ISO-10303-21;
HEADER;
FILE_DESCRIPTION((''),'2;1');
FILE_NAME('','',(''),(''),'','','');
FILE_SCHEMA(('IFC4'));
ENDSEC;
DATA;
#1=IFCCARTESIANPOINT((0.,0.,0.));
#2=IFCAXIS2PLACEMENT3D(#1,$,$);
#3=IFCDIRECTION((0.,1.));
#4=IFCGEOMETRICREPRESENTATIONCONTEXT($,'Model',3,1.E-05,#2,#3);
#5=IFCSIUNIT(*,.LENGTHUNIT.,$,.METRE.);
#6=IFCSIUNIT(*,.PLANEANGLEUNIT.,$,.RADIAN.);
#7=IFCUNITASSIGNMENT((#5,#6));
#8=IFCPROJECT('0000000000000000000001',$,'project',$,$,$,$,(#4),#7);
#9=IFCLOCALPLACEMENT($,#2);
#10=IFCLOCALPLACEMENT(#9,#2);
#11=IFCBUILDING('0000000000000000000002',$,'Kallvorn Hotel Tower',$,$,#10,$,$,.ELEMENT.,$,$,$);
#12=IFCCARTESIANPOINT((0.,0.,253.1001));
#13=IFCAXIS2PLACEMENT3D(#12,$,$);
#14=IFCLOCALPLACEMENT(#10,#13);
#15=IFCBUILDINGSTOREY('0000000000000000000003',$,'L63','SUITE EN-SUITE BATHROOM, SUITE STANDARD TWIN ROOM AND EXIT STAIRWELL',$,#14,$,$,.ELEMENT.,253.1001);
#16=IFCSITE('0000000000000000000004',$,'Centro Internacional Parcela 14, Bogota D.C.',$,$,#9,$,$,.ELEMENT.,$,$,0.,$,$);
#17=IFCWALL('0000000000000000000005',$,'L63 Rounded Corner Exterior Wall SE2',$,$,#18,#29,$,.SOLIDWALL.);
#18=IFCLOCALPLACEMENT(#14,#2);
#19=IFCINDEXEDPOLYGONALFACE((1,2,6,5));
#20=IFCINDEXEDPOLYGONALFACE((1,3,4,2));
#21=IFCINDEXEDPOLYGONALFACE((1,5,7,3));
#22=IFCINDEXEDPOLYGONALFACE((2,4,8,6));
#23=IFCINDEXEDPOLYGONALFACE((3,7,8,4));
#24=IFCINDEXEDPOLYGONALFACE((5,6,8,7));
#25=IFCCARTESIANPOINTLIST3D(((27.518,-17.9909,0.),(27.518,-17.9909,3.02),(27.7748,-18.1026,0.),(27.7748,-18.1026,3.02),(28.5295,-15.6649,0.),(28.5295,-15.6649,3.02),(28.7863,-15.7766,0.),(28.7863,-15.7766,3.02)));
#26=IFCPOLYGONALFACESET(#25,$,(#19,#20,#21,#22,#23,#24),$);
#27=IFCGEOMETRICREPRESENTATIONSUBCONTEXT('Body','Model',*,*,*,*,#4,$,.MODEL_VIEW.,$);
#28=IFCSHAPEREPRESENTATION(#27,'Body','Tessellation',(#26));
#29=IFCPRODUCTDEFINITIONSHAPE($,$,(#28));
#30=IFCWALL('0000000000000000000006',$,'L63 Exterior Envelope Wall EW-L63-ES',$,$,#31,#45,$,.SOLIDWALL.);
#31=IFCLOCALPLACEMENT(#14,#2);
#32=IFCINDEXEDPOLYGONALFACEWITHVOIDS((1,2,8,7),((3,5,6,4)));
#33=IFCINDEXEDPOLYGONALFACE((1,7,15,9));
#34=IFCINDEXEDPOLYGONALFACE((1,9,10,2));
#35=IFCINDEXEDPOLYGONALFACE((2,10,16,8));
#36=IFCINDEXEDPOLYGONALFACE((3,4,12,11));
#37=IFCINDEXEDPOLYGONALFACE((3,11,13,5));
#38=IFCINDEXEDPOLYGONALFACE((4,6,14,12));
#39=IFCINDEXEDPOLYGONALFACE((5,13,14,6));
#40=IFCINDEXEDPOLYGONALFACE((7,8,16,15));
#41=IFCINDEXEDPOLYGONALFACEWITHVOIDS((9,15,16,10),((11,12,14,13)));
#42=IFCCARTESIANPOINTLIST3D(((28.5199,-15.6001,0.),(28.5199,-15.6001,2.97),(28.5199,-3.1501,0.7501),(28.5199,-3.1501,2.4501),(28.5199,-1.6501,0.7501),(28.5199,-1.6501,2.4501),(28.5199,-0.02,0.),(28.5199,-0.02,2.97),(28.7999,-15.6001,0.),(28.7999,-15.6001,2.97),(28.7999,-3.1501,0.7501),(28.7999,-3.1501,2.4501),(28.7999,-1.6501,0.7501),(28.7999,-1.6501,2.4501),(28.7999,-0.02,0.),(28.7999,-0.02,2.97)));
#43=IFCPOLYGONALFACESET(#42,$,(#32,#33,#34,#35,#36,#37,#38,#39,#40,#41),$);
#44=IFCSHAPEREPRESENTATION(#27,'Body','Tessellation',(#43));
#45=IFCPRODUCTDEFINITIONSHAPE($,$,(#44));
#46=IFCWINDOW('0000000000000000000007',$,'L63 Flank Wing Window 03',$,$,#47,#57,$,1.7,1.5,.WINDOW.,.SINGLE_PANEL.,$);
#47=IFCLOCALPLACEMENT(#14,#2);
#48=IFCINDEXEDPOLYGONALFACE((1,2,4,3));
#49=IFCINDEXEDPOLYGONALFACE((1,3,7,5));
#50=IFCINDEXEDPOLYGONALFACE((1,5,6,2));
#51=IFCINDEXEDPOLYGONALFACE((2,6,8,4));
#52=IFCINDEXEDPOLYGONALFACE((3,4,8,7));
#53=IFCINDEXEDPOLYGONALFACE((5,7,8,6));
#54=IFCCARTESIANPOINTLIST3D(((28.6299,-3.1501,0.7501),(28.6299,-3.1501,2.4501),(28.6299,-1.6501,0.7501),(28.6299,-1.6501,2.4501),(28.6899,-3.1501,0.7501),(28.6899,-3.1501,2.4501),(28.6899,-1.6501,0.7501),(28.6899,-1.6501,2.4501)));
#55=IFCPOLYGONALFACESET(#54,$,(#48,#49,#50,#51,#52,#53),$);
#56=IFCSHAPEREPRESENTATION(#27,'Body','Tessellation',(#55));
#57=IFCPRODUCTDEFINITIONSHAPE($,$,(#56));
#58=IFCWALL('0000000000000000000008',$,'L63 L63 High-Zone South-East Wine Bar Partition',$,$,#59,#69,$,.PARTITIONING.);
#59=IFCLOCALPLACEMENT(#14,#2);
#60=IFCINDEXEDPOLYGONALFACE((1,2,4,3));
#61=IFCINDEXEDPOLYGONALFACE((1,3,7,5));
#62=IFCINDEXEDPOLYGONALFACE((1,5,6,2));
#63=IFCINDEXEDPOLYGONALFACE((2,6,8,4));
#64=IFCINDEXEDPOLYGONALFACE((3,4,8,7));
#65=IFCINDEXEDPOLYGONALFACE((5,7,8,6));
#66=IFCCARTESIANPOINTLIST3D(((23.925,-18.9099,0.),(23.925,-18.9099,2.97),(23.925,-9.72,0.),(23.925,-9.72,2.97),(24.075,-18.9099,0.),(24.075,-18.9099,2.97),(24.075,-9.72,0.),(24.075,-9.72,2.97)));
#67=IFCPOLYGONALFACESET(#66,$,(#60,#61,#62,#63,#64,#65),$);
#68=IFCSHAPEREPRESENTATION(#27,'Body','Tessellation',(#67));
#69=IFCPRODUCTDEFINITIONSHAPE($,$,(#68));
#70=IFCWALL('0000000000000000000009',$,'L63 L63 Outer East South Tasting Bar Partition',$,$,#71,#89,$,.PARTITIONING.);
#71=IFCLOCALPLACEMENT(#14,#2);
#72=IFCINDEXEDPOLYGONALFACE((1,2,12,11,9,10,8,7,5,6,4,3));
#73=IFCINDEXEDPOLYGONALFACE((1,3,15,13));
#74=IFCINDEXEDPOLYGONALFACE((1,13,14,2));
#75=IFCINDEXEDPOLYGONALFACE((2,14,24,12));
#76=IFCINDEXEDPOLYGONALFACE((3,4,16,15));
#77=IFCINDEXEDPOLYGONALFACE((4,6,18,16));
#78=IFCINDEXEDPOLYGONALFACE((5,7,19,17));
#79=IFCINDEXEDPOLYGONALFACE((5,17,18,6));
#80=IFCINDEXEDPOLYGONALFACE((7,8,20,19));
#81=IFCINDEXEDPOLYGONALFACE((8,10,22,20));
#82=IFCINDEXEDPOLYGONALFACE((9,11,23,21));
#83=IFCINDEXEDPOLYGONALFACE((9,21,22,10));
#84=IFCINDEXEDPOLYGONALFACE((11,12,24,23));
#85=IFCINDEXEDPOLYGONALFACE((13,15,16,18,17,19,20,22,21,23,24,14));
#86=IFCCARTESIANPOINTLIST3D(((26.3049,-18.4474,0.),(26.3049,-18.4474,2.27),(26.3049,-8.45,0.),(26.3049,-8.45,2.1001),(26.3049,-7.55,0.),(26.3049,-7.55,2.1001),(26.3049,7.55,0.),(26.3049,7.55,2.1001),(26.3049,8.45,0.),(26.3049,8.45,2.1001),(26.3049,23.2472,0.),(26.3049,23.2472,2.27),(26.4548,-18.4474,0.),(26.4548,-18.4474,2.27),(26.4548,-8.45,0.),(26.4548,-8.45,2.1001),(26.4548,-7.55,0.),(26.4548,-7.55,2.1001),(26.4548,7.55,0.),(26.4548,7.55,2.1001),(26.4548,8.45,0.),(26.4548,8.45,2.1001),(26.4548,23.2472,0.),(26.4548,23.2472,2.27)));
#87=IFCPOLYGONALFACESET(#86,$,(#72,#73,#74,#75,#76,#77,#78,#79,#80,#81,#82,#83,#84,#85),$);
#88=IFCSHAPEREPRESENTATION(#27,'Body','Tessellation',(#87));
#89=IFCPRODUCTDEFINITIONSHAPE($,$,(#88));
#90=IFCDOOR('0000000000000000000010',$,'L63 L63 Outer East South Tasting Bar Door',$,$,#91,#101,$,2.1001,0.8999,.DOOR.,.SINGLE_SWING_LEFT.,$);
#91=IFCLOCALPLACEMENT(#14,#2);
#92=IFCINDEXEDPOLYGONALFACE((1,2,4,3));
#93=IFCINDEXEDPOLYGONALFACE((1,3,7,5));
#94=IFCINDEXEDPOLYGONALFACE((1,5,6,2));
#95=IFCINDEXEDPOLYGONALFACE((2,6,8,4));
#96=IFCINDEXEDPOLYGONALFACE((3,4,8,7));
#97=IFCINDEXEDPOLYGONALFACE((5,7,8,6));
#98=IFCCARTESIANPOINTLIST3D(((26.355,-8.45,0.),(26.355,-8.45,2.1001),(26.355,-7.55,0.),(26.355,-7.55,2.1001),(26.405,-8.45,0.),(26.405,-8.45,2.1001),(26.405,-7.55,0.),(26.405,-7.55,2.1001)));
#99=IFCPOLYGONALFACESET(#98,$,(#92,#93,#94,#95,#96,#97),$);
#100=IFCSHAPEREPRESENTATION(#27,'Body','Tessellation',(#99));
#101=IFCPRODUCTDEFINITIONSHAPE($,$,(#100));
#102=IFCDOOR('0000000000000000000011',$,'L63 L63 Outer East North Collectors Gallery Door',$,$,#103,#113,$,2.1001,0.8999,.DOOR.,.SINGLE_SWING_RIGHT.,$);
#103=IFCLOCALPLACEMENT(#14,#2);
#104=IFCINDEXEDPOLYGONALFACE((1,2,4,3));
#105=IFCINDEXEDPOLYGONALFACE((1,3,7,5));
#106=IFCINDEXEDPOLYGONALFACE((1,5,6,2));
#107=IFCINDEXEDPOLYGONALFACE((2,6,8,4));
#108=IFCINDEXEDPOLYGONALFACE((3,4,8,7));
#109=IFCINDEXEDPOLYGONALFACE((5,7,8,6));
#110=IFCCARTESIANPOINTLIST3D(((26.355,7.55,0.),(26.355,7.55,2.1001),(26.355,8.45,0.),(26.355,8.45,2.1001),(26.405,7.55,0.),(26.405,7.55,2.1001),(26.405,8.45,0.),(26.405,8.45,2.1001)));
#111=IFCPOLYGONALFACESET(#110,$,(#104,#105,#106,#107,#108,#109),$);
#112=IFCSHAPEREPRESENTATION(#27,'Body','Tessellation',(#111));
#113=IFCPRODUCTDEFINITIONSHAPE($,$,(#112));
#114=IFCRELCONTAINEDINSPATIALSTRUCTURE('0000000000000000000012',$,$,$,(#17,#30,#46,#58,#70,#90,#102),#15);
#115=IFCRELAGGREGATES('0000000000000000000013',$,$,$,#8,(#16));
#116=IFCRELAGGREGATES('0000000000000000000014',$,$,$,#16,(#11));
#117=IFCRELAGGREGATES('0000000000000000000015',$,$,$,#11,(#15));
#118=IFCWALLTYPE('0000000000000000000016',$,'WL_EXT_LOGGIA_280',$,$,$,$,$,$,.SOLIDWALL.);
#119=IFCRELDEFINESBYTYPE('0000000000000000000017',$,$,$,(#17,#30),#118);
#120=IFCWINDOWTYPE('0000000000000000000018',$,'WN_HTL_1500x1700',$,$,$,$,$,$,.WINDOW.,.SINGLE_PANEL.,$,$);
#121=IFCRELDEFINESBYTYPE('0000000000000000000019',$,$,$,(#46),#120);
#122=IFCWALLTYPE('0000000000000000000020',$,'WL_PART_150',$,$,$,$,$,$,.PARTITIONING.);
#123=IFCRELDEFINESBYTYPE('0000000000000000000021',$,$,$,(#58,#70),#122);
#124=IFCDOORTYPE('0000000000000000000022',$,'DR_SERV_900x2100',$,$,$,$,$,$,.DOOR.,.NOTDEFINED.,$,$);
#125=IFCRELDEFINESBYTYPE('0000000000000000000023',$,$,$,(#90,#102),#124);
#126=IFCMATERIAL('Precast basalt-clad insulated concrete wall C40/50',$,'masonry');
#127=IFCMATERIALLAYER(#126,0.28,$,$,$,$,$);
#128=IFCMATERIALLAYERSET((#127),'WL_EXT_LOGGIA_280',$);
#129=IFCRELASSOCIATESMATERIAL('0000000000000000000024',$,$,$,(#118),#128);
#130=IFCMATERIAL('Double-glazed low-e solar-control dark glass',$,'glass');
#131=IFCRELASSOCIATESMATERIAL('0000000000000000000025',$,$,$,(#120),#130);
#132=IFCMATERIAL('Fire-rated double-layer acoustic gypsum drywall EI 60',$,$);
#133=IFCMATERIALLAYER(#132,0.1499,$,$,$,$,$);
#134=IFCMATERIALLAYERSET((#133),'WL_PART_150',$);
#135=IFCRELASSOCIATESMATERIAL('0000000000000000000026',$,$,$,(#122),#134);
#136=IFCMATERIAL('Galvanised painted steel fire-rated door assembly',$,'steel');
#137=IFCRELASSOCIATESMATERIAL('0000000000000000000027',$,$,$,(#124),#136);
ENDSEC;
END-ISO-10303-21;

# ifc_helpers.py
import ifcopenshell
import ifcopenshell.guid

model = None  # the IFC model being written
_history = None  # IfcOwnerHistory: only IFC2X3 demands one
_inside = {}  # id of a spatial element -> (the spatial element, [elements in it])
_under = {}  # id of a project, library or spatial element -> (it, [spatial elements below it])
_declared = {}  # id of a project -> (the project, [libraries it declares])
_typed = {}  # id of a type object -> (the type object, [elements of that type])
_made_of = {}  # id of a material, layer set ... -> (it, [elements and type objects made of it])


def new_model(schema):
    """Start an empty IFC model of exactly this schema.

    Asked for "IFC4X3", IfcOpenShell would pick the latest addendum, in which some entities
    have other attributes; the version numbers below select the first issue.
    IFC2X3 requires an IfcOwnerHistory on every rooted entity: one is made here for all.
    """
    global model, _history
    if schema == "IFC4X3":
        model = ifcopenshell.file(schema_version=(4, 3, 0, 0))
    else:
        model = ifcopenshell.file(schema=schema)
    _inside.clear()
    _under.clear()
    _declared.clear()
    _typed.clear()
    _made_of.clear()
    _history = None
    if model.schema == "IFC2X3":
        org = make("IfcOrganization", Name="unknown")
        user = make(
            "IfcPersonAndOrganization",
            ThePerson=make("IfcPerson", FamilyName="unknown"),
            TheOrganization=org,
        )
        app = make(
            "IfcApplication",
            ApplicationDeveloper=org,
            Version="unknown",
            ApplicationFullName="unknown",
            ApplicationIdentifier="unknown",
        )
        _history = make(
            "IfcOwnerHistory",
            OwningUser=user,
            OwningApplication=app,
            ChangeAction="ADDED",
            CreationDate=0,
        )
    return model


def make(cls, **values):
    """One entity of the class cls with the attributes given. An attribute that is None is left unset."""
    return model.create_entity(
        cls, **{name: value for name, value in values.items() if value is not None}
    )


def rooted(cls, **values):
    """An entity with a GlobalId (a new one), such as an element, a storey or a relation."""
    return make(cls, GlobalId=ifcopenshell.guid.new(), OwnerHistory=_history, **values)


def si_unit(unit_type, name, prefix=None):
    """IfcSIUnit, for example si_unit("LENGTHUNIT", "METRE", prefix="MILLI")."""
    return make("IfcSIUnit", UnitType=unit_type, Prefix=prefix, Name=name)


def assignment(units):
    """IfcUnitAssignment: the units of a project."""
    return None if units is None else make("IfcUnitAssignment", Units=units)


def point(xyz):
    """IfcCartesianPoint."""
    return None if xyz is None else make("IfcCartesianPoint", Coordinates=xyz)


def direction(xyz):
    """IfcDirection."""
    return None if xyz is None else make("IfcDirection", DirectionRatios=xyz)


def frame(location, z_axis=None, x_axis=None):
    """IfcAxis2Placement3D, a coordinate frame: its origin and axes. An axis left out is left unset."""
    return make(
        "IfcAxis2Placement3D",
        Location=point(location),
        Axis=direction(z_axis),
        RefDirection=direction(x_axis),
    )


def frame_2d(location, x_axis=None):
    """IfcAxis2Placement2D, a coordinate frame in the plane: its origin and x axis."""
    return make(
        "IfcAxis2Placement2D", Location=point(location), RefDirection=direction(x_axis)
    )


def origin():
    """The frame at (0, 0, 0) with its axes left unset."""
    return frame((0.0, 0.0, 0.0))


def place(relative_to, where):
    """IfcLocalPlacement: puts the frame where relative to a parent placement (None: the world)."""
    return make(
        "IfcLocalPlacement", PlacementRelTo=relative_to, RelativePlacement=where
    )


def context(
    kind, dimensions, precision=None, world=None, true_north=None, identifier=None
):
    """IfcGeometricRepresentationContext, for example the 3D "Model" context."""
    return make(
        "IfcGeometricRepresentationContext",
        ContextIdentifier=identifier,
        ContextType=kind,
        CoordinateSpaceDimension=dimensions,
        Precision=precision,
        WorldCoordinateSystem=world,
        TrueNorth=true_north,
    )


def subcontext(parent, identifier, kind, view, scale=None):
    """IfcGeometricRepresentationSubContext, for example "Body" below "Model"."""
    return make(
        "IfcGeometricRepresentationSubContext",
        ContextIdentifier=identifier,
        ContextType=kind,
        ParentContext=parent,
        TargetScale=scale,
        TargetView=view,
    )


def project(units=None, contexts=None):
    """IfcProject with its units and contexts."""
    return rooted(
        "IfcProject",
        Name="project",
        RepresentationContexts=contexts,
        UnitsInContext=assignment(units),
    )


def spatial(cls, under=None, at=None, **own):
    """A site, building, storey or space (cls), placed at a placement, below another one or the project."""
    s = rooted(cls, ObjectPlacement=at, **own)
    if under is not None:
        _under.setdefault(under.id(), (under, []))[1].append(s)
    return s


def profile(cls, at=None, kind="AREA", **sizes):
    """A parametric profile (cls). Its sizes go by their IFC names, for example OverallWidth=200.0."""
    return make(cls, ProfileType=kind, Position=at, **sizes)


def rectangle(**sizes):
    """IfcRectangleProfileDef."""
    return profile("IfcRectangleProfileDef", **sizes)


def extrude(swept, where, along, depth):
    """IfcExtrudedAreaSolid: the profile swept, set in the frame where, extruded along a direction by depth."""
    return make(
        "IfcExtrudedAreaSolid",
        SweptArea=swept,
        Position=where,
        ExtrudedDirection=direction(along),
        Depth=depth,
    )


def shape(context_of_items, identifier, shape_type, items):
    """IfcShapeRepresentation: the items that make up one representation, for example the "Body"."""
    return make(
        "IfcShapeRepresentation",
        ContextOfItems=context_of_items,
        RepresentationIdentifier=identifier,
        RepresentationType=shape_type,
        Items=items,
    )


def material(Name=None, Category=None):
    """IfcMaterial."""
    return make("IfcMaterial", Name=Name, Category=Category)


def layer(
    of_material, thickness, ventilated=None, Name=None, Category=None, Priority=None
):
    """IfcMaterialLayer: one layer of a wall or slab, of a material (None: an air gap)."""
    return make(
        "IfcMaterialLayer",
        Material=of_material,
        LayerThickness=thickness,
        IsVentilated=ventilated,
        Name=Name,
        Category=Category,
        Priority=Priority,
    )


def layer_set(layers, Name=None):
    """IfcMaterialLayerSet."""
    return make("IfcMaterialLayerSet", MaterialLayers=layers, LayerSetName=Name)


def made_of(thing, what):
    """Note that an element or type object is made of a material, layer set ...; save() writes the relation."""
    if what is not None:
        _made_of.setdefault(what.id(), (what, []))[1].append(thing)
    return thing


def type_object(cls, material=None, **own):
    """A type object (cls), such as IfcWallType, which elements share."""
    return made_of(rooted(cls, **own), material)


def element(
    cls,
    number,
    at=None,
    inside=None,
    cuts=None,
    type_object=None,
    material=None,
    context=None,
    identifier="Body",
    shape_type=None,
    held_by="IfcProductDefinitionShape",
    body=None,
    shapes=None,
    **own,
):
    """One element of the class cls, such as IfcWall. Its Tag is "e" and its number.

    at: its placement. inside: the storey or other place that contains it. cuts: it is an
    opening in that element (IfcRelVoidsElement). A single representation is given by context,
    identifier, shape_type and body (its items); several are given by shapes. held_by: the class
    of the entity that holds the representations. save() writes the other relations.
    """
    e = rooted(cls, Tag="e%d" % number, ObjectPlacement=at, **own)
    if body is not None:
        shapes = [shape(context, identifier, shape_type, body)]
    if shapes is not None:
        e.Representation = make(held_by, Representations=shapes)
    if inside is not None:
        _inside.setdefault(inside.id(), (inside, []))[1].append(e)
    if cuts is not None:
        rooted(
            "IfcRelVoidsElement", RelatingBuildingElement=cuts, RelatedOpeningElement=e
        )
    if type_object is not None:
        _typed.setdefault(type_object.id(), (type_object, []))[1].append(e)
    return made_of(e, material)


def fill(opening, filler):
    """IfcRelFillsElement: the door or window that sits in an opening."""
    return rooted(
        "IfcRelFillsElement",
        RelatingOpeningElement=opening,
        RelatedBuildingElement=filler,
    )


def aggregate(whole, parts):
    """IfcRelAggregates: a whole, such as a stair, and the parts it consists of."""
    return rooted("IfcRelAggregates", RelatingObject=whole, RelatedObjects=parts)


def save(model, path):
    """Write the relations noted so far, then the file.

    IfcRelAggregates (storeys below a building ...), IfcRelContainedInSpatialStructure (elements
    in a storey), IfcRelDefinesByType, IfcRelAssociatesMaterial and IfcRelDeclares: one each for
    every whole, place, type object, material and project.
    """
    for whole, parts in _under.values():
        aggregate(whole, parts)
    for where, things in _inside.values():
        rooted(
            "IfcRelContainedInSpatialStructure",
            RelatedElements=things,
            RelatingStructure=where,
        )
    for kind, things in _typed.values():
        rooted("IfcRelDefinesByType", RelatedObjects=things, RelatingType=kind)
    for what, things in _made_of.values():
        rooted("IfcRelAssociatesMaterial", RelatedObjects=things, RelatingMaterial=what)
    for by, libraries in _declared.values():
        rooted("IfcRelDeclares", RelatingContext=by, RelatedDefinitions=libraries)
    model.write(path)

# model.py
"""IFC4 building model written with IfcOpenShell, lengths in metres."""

from ifc_helpers import new_model, si_unit, direction, frame, frame_2d, origin, place, context, subcontext, project, spatial, rectangle, extrude, material, layer, layer_set, type_object, element, fill, save


model = new_model("IFC4")

# Units and contexts
model_context = context("Model", 3, precision=1e-05, world=origin(), true_north=direction((0.0, 1.0)))
body_context = subcontext(model_context, "Body", "Model", "MODEL_VIEW")
ifc_project = project(units=[si_unit("LENGTHUNIT", "METRE"), si_unit("PLANEANGLEUNIT", "RADIAN")], contexts=[model_context])

# Site, building, storey
site_placement = place(None, origin())
site = spatial("IfcSite", under=ifc_project, at=site_placement, Name="Centro Internacional Parcela 14, Bogota D.C.", CompositionType="ELEMENT", RefElevation=0.0)
building_placement = place(site_placement, origin())
building = spatial("IfcBuilding", under=site, at=building_placement, Name="Kallvorn Hotel Tower", CompositionType="ELEMENT")
storey_placement = place(building_placement, frame((0.0, 0.0, 253.1001)))
storey = spatial("IfcBuildingStorey", under=building, at=storey_placement, Name="L63", Description="SUITE EN-SUITE BATHROOM, SUITE STANDARD TWIN ROOM AND EXIT STAIRWELL", CompositionType="ELEMENT", Elevation=253.1001)

# Wall
ifc_material_1 = material(Name="Precast basalt-clad insulated concrete wall C40/50", Category="masonry")
ifc_layer_1 = layer(ifc_material_1, 0.28)
ifc_layer_set_1 = layer_set([ifc_layer_1], Name="WL_EXT_LOGGIA_280")
wall_type_1 = type_object("IfcWallType", Name="WL_EXT_LOGGIA_280", PredefinedType="SOLIDWALL", material=ifc_layer_set_1)
wall_1_placement = place(storey_placement, frame((27.6465, -18.0466, 0.0), z_axis=(0.0, 0.0, 1.0), x_axis=(0.398793, 0.917041, 0.0)))
element("IfcWall", 1, at=wall_1_placement, inside=storey, type_object=wall_type_1, Name="L63 Rounded Corner Exterior Wall SE2", PredefinedType="SOLIDWALL", context=body_context, shape_type="SweptSolid", body=[
    extrude(rectangle(XDim=2.5364, YDim=0.28, at=frame_2d((1.2681, 0.0))), origin(), (0.0, 0.0, 1.0), 3.02),
])

# Wall, opening, window
wall_2_placement = place(storey_placement, frame((28.6599, -15.6001, 0.0), z_axis=(0.0, 0.0, 1.0), x_axis=(0.0, 1.0, 0.0)))
wall_2 = element("IfcWall", 2, at=wall_2_placement, inside=storey, type_object=wall_type_1, Name="L63 Exterior Envelope Wall EW-L63-ES", PredefinedType="SOLIDWALL", context=body_context, shape_type="SweptSolid", body=[
    extrude(rectangle(XDim=15.5801, YDim=0.28, at=frame_2d((7.79, 0.0))), origin(), (0.0, 0.0, 1.0), 2.97),
])
opening_1_placement = place(wall_2_placement, frame((12.45, 0.0, 0.75)))
opening_1 = element("IfcOpeningElement", 3, at=opening_1_placement, cuts=wall_2, PredefinedType="OPENING", context=body_context, shape_type="SweptSolid", body=[
    extrude(rectangle(XDim=1.5, YDim=1.7, at=frame_2d((0.75, 0.8501))), frame((0.0, 0.155, 0.0), z_axis=(0.0, -1.0, 0.0), x_axis=(1.0, 0.0, 0.0)), (0.0, 0.0, 1.0), 0.3101),
])
ifc_material_2 = material(Name="Double-glazed low-e solar-control dark glass", Category="glass")
window_type = type_object("IfcWindowType", Name="WN_HTL_1500x1700", PartitioningType="SINGLE_PANEL", PredefinedType="WINDOW", material=ifc_material_2)
window_placement = place(opening_1_placement, origin())
window = element("IfcWindow", 4, at=window_placement, inside=storey, type_object=window_type, Name="L63 Flank Wing Window 03", OverallHeight=1.7, OverallWidth=1.5, PartitioningType="SINGLE_PANEL", PredefinedType="WINDOW", context=body_context, shape_type="SweptSolid", body=[
    extrude(rectangle(XDim=1.5, YDim=1.7, at=frame_2d((0.75, 0.8501))), frame((0.0, 0.03, 0.0), z_axis=(0.0, -1.0, 0.0), x_axis=(1.0, 0.0, 0.0)), (0.0, 0.0, 1.0), 0.0601),
])
fill(opening_1, window)

# Wall
ifc_material_3 = material(Name="Fire-rated double-layer acoustic gypsum drywall EI 60")
ifc_layer_2 = layer(ifc_material_3, 0.1499)
ifc_layer_set_2 = layer_set([ifc_layer_2], Name="WL_PART_150")
wall_type_2 = type_object("IfcWallType", Name="WL_PART_150", PredefinedType="PARTITIONING", material=ifc_layer_set_2)
wall_3_placement = place(storey_placement, frame((24.0, -18.9099, 0.0), z_axis=(0.0, 0.0, 1.0), x_axis=(0.0, 1.0, 0.0)))
element("IfcWall", 5, at=wall_3_placement, inside=storey, type_object=wall_type_2, Name="L63 L63 High-Zone South-East Wine Bar Partition", PredefinedType="PARTITIONING", context=body_context, shape_type="SweptSolid", body=[
    extrude(rectangle(XDim=9.1899, YDim=0.1499, at=frame_2d((4.595, 0.0))), origin(), (0.0, 0.0, 1.0), 2.97),
])

# Wall, openings, doors
wall_4_placement = place(storey_placement, frame((26.3799, -18.4473, 0.0), z_axis=(0.0, 0.0, 1.0), x_axis=(0.0, 1.0, 0.0)))
wall_4 = element("IfcWall", 6, at=wall_4_placement, inside=storey, type_object=wall_type_2, Name="L63 L63 Outer East South Tasting Bar Partition", PredefinedType="PARTITIONING", context=body_context, shape_type="SweptSolid", body=[
    extrude(rectangle(XDim=41.6946, YDim=0.1499, at=frame_2d((20.8472, 0.0))), origin(), (0.0, 0.0, 1.0), 2.27),
])
opening_2_placement = place(wall_4_placement, frame((9.9973, 0.0, 0.0)))
opening_2 = element("IfcOpeningElement", 7, at=opening_2_placement, cuts=wall_4, PredefinedType="OPENING", context=body_context, shape_type="SweptSolid", body=[
    extrude(rectangle(XDim=0.8999, YDim=2.1001, at=frame_2d((0.45, 1.05))), frame((0.0, 0.0898, 0.0), z_axis=(0.0, -1.0, 0.0), x_axis=(1.0, 0.0, 0.0)), (0.0, 0.0, 1.0), 0.1799),
])
opening_3_placement = place(wall_4_placement, frame((25.9973, 0.0, 0.0)))
opening_3 = element("IfcOpeningElement", 8, at=opening_3_placement, cuts=wall_4, PredefinedType="OPENING", context=body_context, shape_type="SweptSolid", body=[
    extrude(rectangle(XDim=0.8999, YDim=2.1001, at=frame_2d((0.45, 1.05))), frame((0.0, 0.0898, 0.0), z_axis=(0.0, -1.0, 0.0), x_axis=(1.0, 0.0, 0.0)), (0.0, 0.0, 1.0), 0.1799),
])
ifc_material_4 = material(Name="Galvanised painted steel fire-rated door assembly", Category="steel")
door_type = type_object("IfcDoorType", Name="DR_SERV_900x2100", OperationType="NOTDEFINED", PredefinedType="DOOR", material=ifc_material_4)
door_1_placement = place(opening_2_placement, origin())
door_1 = element("IfcDoor", 9, at=door_1_placement, inside=storey, type_object=door_type, Name="L63 L63 Outer East South Tasting Bar Door", OperationType="SINGLE_SWING_LEFT", OverallHeight=2.1001, OverallWidth=0.8999, PredefinedType="DOOR", context=body_context, shape_type="SweptSolid", body=[
    extrude(rectangle(XDim=0.8999, YDim=2.1001, at=frame_2d((0.45, 1.05))), frame((0.0, 0.0249, 0.0), z_axis=(0.0, -1.0, 0.0), x_axis=(1.0, 0.0, 0.0)), (0.0, 0.0, 1.0), 0.05),
])
fill(opening_2, door_1)
door_2_placement = place(opening_3_placement, origin())
door_2 = element("IfcDoor", 10, at=door_2_placement, inside=storey, type_object=door_type, Name="L63 L63 Outer East North Collectors Gallery Door", OperationType="SINGLE_SWING_RIGHT", OverallHeight=2.1001, OverallWidth=0.8999, PredefinedType="DOOR", context=body_context, shape_type="SweptSolid", body=[
    extrude(rectangle(XDim=0.8999, YDim=2.1001, at=frame_2d((0.45, 1.05))), frame((0.0, 0.0249, 0.0), z_axis=(0.0, -1.0, 0.0), x_axis=(1.0, 0.0, 0.0)), (0.0, 0.0, 1.0), 0.05),
])
fill(opening_3, door_2)

save(model, "model.ifc")
